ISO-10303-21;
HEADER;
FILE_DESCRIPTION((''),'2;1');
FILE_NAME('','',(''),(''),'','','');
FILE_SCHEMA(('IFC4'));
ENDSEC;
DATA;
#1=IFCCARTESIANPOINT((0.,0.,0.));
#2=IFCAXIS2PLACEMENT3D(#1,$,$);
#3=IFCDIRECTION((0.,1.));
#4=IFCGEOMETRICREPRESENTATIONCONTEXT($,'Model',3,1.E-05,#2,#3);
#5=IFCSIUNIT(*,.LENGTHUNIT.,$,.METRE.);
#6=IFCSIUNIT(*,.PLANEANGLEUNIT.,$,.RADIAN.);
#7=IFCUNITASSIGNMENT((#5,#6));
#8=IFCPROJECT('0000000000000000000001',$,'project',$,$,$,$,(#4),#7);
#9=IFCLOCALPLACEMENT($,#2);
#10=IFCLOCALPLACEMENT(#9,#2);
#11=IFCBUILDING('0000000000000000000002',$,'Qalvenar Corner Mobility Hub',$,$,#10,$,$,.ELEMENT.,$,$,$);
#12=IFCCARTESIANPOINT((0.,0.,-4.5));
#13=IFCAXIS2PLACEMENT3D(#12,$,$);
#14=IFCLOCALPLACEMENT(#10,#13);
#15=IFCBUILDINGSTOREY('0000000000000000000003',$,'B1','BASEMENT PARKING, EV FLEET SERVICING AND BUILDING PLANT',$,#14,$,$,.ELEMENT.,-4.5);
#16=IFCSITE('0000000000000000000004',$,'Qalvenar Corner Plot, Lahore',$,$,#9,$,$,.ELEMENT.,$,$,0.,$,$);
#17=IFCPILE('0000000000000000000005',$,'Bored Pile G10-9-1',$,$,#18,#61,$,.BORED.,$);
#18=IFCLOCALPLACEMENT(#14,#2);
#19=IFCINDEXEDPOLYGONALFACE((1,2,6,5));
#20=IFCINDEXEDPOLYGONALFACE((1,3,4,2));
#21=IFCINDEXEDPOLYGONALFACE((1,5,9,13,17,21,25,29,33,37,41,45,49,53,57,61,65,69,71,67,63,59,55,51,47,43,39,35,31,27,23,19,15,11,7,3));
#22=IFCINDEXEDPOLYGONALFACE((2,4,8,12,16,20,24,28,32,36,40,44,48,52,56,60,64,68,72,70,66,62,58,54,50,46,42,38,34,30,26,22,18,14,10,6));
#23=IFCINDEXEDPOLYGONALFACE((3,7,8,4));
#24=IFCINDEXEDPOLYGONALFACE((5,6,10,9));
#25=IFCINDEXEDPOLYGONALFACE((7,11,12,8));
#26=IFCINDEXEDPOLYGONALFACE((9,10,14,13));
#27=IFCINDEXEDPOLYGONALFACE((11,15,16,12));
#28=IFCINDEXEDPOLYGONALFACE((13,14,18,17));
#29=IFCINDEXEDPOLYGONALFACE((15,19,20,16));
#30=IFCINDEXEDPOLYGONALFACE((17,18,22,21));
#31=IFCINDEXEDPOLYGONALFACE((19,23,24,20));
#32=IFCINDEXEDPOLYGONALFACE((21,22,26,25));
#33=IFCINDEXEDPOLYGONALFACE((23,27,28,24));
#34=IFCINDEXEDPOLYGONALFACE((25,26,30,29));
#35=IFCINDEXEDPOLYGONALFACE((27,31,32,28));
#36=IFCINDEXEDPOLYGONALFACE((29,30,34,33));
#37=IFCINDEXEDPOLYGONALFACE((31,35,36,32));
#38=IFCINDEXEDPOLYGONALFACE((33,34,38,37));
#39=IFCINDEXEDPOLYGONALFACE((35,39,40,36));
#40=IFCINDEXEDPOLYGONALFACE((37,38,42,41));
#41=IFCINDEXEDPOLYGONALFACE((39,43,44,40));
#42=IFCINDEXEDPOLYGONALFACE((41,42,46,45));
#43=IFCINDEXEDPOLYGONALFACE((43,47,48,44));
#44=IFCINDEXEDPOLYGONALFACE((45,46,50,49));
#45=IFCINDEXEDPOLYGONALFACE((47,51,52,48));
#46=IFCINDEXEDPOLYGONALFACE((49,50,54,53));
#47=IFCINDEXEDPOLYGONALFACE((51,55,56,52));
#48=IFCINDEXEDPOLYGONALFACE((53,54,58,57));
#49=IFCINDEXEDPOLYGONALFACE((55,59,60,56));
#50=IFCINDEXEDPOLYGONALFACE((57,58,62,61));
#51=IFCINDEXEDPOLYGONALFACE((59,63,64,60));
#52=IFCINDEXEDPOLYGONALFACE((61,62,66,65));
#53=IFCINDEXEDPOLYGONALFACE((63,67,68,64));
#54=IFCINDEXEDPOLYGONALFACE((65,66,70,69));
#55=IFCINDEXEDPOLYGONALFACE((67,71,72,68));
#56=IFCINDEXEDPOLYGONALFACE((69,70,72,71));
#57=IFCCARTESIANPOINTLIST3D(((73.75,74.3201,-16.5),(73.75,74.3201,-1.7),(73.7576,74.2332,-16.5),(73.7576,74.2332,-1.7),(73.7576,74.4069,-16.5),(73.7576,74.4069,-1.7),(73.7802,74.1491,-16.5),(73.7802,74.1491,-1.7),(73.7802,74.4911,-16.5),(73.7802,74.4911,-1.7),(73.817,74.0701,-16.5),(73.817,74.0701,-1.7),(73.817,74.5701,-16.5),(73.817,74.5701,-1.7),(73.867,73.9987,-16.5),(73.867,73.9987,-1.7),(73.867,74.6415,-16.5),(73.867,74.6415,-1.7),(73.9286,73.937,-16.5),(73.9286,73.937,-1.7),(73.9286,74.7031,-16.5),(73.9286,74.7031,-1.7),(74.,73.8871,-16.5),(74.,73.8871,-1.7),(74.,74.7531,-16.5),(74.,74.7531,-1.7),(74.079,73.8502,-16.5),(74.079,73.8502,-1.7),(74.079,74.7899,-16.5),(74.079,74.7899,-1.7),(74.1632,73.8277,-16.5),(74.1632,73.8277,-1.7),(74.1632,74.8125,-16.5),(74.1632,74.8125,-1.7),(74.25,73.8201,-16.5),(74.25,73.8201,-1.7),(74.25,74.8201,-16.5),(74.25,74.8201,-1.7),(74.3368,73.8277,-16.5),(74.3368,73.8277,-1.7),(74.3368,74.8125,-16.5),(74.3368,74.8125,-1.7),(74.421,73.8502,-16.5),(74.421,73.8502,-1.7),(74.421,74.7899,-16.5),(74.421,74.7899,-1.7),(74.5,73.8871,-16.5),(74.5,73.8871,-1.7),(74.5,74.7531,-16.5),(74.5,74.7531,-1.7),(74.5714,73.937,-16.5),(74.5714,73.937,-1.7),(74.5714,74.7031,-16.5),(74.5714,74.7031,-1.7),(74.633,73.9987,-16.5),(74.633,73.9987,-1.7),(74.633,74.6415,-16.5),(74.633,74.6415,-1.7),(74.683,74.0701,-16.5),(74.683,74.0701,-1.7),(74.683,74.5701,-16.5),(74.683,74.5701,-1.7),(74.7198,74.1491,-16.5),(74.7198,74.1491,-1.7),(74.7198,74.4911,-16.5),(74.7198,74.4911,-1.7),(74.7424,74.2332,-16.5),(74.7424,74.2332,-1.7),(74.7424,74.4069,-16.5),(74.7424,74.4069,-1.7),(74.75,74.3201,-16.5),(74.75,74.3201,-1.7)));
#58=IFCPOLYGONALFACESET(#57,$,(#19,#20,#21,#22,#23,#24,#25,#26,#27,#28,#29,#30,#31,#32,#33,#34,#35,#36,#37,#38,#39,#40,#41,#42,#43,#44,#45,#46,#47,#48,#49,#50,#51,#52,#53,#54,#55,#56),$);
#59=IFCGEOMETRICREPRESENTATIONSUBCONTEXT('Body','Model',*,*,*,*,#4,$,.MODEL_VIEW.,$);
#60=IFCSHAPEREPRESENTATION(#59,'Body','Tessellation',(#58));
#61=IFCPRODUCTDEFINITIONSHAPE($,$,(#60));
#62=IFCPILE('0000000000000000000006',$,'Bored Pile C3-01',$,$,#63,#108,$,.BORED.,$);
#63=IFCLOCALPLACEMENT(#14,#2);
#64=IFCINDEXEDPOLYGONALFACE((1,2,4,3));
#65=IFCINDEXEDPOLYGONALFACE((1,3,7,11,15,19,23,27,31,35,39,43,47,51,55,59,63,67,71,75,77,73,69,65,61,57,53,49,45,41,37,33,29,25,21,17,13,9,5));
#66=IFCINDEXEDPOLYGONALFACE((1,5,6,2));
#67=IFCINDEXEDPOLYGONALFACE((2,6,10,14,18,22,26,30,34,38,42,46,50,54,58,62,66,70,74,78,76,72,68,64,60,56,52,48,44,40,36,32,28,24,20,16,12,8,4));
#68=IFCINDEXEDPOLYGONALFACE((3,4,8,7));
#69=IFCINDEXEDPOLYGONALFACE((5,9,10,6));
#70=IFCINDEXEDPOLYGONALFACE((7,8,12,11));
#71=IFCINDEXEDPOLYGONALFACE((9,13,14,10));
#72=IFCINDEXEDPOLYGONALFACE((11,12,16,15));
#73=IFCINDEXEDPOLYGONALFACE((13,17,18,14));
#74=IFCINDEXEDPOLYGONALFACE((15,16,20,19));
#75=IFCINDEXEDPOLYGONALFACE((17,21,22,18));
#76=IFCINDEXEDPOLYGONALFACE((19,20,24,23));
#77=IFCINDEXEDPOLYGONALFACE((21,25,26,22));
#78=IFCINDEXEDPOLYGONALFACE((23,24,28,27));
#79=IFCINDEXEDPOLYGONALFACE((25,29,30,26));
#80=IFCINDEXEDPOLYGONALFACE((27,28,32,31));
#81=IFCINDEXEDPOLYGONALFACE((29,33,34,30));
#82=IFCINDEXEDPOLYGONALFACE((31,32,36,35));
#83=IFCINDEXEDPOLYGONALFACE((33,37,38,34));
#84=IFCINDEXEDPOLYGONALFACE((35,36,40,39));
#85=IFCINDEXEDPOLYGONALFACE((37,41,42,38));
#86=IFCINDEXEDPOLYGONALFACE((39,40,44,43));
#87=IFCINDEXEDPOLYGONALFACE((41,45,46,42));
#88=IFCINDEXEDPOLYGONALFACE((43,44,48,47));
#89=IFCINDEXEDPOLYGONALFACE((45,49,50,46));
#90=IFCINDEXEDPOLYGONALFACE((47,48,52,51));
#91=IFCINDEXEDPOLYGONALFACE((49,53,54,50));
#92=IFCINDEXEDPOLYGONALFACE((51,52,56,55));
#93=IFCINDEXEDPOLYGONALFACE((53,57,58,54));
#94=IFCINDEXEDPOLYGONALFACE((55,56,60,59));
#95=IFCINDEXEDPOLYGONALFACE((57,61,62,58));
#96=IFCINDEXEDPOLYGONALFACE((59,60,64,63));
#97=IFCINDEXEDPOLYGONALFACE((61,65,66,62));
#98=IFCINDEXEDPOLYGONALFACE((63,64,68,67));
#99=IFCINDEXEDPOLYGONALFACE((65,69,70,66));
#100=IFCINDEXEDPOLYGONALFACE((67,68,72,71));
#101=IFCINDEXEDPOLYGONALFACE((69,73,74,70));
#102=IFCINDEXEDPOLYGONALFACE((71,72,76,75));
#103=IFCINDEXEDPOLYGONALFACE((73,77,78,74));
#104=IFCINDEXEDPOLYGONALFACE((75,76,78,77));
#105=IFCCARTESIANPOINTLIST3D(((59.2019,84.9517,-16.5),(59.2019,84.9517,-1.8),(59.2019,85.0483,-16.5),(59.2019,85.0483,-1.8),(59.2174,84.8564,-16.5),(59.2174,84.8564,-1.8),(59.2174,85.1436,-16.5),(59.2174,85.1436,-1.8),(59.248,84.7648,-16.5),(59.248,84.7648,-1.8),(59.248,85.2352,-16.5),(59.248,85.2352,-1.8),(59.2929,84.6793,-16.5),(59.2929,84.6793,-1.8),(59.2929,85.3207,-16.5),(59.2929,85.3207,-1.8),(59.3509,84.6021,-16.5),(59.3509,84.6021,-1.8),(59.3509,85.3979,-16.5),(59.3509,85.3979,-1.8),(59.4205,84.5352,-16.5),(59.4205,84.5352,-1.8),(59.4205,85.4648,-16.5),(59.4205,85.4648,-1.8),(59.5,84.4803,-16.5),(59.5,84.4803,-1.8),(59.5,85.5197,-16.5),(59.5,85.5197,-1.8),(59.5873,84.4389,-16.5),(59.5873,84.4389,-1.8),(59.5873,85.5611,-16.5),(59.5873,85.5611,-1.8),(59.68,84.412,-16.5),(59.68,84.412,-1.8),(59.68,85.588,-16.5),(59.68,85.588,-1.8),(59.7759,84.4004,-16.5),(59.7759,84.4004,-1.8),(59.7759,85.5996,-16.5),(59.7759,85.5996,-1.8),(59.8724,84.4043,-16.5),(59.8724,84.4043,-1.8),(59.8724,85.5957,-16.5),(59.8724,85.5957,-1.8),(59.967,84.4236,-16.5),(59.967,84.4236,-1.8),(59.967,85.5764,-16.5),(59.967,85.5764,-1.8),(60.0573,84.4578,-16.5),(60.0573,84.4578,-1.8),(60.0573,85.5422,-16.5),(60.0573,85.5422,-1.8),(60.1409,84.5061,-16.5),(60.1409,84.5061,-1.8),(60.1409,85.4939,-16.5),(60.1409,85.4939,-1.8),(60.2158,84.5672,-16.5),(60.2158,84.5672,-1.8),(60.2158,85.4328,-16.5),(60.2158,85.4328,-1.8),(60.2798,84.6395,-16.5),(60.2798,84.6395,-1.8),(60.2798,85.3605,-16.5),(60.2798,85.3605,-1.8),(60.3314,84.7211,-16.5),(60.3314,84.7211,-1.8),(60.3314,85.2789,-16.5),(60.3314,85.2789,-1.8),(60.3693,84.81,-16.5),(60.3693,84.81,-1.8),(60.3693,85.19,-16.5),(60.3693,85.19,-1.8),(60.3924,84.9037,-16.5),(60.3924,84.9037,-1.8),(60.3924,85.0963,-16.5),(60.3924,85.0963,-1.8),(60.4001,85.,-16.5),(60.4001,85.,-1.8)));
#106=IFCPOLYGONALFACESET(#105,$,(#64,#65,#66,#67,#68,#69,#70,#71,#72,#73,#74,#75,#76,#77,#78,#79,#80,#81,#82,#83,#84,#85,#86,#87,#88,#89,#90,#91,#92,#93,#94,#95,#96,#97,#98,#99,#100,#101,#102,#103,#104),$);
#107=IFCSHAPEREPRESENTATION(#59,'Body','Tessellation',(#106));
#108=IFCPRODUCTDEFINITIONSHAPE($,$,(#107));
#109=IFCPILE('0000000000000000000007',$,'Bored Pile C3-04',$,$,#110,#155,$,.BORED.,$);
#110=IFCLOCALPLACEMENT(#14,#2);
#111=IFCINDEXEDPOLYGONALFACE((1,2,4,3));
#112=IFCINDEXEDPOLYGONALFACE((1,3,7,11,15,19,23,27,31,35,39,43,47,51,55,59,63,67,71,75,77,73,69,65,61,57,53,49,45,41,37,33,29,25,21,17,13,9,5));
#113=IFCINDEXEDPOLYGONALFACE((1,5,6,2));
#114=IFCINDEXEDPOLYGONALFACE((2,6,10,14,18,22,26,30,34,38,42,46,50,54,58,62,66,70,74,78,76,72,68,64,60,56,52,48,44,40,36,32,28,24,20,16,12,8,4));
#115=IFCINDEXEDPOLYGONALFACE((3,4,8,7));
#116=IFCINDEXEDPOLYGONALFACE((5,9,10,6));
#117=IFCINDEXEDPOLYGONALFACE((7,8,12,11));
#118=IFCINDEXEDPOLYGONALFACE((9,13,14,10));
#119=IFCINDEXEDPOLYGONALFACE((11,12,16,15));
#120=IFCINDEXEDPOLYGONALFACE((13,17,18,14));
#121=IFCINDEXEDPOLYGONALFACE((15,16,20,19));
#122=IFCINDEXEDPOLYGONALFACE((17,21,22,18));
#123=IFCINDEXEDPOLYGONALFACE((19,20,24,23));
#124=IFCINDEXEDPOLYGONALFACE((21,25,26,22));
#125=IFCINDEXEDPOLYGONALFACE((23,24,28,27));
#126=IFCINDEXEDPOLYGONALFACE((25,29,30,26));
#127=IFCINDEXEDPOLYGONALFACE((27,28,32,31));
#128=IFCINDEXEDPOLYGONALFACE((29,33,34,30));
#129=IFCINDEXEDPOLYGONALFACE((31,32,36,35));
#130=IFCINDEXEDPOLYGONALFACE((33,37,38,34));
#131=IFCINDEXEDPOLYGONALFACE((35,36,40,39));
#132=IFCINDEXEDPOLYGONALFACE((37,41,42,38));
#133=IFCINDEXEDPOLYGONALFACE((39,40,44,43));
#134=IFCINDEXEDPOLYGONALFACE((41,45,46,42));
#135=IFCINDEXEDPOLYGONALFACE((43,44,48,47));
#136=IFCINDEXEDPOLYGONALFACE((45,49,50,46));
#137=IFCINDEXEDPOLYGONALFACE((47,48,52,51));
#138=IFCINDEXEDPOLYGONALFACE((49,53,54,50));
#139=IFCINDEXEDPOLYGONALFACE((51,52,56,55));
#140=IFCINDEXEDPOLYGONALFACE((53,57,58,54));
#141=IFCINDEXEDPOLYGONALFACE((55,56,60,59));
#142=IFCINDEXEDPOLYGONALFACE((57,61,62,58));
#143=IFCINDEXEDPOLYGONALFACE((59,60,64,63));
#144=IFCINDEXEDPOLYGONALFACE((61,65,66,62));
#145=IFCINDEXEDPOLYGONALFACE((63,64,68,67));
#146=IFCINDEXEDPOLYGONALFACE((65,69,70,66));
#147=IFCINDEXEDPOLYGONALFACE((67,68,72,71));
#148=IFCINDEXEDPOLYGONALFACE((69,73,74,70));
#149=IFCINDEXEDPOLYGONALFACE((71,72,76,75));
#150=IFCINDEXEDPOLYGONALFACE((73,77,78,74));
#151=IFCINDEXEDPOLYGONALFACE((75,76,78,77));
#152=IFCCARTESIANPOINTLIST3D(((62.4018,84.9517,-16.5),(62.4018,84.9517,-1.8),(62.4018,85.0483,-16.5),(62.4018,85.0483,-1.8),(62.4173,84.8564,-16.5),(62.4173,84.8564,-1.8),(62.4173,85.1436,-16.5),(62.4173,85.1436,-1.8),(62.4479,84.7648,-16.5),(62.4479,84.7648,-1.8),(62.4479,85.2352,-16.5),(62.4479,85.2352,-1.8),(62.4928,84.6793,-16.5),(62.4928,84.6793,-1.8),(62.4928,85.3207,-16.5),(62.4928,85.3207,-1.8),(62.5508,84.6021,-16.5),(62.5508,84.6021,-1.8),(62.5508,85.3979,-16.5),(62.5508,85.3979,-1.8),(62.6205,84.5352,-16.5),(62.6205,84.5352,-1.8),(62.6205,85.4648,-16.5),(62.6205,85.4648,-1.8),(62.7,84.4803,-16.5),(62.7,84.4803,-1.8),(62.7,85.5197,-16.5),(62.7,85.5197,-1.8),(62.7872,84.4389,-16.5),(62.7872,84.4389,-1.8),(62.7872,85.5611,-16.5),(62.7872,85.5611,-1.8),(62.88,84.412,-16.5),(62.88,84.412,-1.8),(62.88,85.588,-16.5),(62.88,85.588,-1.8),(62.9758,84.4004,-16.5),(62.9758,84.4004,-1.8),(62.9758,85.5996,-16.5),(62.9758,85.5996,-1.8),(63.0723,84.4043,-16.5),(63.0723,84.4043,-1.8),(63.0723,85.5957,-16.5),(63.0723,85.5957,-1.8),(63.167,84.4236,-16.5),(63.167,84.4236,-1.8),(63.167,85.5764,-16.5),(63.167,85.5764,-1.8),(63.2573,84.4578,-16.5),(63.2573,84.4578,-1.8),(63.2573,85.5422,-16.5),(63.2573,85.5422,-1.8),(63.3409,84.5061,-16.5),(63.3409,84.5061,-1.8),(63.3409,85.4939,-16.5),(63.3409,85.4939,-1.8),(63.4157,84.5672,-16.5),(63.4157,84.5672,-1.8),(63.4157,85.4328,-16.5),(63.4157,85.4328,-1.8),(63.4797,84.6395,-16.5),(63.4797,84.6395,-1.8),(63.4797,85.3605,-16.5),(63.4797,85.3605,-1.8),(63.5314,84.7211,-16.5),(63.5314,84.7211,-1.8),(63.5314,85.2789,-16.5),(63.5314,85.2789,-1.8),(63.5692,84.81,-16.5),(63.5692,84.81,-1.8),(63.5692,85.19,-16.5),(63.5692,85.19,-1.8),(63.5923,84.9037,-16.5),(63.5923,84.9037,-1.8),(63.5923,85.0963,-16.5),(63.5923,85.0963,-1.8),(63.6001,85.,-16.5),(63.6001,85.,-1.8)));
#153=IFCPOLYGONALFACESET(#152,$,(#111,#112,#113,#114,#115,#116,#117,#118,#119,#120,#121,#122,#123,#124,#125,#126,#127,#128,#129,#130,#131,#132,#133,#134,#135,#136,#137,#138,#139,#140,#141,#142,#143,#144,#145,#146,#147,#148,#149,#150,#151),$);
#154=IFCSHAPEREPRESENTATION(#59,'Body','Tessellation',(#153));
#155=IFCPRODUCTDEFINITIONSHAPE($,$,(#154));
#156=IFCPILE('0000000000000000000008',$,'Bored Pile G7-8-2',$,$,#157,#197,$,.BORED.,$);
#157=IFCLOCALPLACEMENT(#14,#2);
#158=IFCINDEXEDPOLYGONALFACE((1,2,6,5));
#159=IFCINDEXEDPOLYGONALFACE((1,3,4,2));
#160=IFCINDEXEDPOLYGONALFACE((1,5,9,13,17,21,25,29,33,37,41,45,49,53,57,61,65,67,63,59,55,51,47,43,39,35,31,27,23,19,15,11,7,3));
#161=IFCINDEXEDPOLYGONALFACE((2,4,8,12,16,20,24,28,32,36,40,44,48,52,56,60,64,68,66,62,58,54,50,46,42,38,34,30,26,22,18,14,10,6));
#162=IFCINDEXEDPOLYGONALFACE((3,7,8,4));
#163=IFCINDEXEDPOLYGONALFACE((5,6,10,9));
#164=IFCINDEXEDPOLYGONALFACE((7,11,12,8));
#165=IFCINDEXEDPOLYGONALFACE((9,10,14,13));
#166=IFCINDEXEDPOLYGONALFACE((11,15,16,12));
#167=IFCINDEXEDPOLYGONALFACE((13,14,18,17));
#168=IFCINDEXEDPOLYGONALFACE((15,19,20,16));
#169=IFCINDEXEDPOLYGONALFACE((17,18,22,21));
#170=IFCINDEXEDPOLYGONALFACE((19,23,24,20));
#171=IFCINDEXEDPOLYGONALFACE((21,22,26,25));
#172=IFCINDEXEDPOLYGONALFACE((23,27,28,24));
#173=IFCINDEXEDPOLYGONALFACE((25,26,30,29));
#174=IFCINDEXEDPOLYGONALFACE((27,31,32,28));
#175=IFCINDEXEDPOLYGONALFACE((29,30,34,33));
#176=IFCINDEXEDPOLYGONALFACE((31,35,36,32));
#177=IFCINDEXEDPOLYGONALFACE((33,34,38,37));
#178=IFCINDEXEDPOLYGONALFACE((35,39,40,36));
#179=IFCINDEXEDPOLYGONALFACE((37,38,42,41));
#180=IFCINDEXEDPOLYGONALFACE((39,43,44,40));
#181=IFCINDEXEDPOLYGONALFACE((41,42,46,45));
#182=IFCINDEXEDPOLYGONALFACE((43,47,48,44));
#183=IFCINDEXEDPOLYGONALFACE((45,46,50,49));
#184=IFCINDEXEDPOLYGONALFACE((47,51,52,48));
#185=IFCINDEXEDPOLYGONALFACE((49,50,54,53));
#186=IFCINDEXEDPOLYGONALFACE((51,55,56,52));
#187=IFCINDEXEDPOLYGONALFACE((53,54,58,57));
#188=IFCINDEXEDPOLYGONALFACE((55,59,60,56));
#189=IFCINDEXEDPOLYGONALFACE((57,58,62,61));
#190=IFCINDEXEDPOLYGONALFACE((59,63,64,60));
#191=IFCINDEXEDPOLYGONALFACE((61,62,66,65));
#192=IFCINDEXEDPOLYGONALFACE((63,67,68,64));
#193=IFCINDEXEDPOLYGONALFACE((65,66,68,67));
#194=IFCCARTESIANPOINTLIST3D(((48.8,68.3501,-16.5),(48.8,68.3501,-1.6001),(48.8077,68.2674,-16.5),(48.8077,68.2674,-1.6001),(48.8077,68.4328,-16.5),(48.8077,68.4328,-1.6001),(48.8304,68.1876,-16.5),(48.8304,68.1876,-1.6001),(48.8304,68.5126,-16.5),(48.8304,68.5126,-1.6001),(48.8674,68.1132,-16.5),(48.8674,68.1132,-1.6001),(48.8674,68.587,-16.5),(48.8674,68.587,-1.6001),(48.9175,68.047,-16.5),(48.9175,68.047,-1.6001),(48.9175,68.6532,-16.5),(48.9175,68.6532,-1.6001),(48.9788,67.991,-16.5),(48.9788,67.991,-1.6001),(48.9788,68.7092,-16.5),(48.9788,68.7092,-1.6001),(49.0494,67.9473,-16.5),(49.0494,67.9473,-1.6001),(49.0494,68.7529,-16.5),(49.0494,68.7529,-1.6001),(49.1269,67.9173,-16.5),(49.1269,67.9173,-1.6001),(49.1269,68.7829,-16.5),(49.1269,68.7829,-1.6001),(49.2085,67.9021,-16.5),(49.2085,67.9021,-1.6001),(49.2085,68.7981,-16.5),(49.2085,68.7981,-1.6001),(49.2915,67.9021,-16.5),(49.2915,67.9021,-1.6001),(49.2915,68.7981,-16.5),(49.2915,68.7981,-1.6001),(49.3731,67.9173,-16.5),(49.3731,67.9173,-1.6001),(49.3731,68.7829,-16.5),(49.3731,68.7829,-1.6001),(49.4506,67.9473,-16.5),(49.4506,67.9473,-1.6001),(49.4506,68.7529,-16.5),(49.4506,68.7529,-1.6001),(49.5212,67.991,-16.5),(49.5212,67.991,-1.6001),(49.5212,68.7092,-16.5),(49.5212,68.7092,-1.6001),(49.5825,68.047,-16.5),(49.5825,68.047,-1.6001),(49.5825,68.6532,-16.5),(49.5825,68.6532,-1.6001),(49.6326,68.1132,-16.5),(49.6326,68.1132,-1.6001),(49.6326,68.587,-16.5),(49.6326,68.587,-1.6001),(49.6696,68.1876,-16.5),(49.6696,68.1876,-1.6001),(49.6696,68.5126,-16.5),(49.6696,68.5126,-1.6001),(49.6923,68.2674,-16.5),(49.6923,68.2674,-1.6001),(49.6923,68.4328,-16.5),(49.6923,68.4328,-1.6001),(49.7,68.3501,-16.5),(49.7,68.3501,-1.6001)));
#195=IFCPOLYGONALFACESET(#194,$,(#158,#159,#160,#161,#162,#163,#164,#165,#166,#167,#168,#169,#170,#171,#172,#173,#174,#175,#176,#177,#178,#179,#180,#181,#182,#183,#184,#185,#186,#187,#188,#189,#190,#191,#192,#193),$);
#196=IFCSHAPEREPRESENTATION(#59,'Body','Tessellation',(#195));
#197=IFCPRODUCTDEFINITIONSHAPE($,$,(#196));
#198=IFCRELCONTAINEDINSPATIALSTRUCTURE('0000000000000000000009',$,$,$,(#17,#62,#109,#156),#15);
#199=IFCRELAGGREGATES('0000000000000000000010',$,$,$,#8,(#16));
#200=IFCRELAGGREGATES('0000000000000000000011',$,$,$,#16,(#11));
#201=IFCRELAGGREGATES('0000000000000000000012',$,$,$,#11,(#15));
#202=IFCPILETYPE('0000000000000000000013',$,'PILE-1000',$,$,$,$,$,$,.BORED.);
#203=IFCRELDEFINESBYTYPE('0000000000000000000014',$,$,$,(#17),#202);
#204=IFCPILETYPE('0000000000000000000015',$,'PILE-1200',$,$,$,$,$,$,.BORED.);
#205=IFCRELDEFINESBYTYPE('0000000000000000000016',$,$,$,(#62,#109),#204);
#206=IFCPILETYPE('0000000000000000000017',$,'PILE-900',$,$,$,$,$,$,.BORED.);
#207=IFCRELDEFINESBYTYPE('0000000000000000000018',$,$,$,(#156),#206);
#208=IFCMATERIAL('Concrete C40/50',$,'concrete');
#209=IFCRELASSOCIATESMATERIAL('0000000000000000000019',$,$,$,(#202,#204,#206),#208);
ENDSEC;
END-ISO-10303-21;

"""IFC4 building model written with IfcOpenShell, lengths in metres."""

from ifc_helpers import new_model, si_unit, direction, frame, origin, origin_2d, place, context, subcontext, project, spatial, circle, extrude, material, material_profile, profile_set, type_object, element, save


model = new_model("IFC4")

# Units and contexts
model_context = context("Model", 3, precision=1e-05, world=origin(), true_north=direction((0.0, 1.0)))
body_context = subcontext(model_context, "Body", "Model", "MODEL_VIEW")
ifc_project = project(units=[si_unit("LENGTHUNIT", "METRE"), si_unit("PLANEANGLEUNIT", "RADIAN")], contexts=[model_context])

# Site, building, storey
site_placement = place(None, origin())
site = spatial("IfcSite", under=ifc_project, at=site_placement, Name="Qalvenar Corner Plot, Lahore", CompositionType="ELEMENT", RefElevation=0.0)
building_placement = place(site_placement, origin())
building = spatial("IfcBuilding", under=site, at=building_placement, Name="Qalvenar Corner Mobility Hub", CompositionType="ELEMENT")
storey_placement = place(building_placement, frame((0.0, 0.0, -4.5)))
storey = spatial("IfcBuildingStorey", under=building, at=storey_placement, Name="B1", Description="BASEMENT PARKING, EV FLEET SERVICING AND BUILDING PLANT", CompositionType="ELEMENT", Elevation=-4.5)

# Shared definitions
ifc_material_1 = material(Name="Concrete C40/50", Category="concrete")

# Piles
ifc_material_profile_1 = material_profile(ifc_material_1, circle(Radius=0.5, at=origin_2d()), Name="DIA1000")
ifc_profile_set_1 = profile_set([ifc_material_profile_1], Name="Concrete C40/50")
pile_type_1 = type_object("IfcPileType", Name="PILE-1000", PredefinedType="BORED", material=ifc_profile_set_1)
for number, where, z_axis, x_axis, name in (
    (1, (74.25, 74.3201, -1.7), (0.0, 0.0, -1.0), (1.0, 0.0, 0.0), "Bored Pile G10-9-1"),
):
    element("IfcPile", number, at=place(storey_placement, frame(where, z_axis=z_axis, x_axis=x_axis)), inside=storey, type_object=pile_type_1, Name=name, PredefinedType="BORED", context=body_context, shape_type="SweptSolid", body=[
        extrude(circle(Radius=0.5, at=origin_2d()), origin(), (0.0, 0.0, 1.0), 14.8),
    ])
ifc_material_profile_2 = material_profile(ifc_material_1, circle(Radius=0.6001, at=origin_2d()), Name="DIA1200")
ifc_profile_set_2 = profile_set([ifc_material_profile_2], Name="Concrete C40/50")
pile_type_2 = type_object("IfcPileType", Name="PILE-1200", PredefinedType="BORED", material=ifc_profile_set_2)
for number, where, z_axis, x_axis, name in (
    (2, (59.8, 85.0, -1.8), (0.0, 0.0, -1.0), (1.0, 0.0, 0.0), "Bored Pile C3-01"),
    (3, (63.0, 85.0, -1.8), (0.0, 0.0, -1.0), (1.0, 0.0, 0.0), "Bored Pile C3-04"),
):
    element("IfcPile", number, at=place(storey_placement, frame(where, z_axis=z_axis, x_axis=x_axis)), inside=storey, type_object=pile_type_2, Name=name, PredefinedType="BORED", context=body_context, shape_type="SweptSolid", body=[
        extrude(circle(Radius=0.6001, at=origin_2d()), origin(), (0.0, 0.0, 1.0), 14.7),
    ])
ifc_material_profile_3 = material_profile(ifc_material_1, circle(Radius=0.45, at=origin_2d()), Name="DIA900")
ifc_profile_set_3 = profile_set([ifc_material_profile_3], Name="Concrete C40/50")
pile_type_3 = type_object("IfcPileType", Name="PILE-900", PredefinedType="BORED", material=ifc_profile_set_3)
for number, where, z_axis, x_axis, name in (
    (4, (49.25, 68.3501, -1.6001), (0.0, 0.0, -1.0), (1.0, 0.0, 0.0), "Bored Pile G7-8-2"),
):
    element("IfcPile", number, at=place(storey_placement, frame(where, z_axis=z_axis, x_axis=x_axis)), inside=storey, type_object=pile_type_3, Name=name, PredefinedType="BORED", context=body_context, shape_type="SweptSolid", body=[
        extrude(circle(Radius=0.45, at=origin_2d()), origin(), (0.0, 0.0, 1.0), 14.8999),
    ])

save(model, "model.ifc")
